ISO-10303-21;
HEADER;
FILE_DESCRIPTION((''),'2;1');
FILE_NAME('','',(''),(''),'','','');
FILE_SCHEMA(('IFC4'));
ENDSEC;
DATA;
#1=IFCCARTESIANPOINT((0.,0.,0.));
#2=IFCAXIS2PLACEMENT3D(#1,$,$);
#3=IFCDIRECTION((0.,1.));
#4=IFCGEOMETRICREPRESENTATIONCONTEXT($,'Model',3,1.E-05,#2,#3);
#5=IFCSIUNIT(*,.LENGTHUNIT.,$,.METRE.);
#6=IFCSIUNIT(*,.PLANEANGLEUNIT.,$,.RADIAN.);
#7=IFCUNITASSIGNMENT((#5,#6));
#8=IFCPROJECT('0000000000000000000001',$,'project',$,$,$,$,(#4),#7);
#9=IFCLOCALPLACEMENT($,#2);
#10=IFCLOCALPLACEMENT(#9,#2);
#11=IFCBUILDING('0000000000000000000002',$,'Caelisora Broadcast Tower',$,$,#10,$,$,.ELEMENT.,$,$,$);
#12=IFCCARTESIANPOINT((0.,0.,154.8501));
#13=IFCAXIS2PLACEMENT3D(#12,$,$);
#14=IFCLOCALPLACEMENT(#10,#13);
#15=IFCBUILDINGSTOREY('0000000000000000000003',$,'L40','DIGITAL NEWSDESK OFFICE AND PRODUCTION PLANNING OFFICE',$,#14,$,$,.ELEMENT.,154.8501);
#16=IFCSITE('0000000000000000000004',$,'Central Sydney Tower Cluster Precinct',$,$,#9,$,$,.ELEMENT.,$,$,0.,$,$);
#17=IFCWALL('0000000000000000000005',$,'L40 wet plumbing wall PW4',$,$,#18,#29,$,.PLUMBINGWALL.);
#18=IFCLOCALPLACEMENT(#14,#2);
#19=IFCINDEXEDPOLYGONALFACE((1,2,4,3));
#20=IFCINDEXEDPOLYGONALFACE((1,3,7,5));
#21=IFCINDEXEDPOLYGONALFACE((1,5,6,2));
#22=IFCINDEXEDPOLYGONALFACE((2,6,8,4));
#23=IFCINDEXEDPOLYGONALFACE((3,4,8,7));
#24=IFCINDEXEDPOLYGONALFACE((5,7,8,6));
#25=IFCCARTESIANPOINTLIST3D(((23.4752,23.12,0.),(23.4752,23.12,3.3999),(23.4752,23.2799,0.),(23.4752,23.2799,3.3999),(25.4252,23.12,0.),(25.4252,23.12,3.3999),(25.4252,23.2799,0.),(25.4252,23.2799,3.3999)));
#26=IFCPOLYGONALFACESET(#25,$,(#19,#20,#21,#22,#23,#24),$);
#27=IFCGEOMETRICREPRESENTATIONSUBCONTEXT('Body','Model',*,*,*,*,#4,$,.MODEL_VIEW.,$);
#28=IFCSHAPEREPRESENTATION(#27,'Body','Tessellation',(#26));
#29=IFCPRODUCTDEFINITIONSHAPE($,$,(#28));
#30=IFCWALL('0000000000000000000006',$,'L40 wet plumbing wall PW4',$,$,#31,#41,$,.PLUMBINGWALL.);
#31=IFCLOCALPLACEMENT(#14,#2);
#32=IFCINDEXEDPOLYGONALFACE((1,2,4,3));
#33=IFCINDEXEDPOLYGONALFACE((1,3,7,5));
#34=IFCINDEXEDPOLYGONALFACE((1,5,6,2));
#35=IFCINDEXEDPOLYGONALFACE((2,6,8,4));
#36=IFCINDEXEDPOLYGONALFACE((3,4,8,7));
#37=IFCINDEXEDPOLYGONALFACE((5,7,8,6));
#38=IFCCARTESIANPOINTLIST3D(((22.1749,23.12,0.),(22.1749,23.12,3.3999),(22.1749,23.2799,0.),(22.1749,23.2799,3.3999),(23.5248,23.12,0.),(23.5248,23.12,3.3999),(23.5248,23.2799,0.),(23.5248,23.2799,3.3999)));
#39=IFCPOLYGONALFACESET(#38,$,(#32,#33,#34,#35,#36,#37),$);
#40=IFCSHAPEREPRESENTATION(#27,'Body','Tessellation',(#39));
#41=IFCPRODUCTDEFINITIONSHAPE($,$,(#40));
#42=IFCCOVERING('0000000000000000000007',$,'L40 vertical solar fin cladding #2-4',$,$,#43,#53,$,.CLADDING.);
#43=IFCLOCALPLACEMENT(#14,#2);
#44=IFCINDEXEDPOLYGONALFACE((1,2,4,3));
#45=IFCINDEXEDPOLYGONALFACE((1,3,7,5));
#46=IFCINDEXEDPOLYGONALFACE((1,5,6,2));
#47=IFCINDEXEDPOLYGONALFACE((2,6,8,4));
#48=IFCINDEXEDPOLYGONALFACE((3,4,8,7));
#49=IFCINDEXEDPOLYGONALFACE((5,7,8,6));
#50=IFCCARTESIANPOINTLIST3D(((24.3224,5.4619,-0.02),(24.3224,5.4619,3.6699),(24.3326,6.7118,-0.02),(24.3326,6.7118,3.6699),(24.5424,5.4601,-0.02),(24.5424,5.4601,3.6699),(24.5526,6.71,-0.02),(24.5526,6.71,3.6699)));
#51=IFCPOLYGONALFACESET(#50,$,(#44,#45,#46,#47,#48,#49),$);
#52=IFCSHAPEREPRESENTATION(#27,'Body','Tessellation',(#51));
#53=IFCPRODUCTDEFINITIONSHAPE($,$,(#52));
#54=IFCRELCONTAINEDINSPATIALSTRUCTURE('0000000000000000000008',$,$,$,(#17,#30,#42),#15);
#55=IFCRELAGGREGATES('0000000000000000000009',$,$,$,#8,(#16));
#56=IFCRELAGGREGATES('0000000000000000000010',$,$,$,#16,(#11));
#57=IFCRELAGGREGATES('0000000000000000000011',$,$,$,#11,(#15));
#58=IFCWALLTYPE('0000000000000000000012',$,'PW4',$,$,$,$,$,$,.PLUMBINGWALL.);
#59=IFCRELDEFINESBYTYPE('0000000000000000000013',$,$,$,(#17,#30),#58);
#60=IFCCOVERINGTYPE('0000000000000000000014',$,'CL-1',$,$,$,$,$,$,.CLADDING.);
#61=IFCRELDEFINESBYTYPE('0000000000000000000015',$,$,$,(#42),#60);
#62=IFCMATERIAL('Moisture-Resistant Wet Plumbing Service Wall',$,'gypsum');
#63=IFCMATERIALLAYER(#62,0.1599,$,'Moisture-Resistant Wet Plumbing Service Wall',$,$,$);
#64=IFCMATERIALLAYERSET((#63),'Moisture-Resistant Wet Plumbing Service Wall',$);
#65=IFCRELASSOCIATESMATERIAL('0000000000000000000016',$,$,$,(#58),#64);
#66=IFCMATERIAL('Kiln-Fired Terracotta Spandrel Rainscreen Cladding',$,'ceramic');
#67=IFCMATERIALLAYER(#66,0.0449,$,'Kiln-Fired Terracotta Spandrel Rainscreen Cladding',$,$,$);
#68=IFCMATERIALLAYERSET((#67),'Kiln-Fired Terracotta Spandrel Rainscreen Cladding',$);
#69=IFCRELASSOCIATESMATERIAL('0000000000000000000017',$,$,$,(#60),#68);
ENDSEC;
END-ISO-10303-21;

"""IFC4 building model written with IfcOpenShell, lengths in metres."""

from ifc_helpers import new_model, si_unit, direction, frame, frame_2d, origin, origin_2d, place, context, subcontext, project, spatial, rectangle, extrude, source, transform, mapped, material, layer, layer_set, type_object, type_shapes, element, save


model = new_model("IFC4")

# Units and contexts
model_context = context("Model", 3, precision=1e-05, world=origin(), true_north=direction((0.0, 1.0)))
body_context = subcontext(model_context, "Body", "Model", "MODEL_VIEW")
ifc_project = project(units=[si_unit("LENGTHUNIT", "METRE"), si_unit("PLANEANGLEUNIT", "RADIAN")], contexts=[model_context])

# Site, building, storey
site_placement = place(None, origin())
site = spatial("IfcSite", under=ifc_project, at=site_placement, Name="Central Sydney Tower Cluster Precinct", CompositionType="ELEMENT", RefElevation=0.0)
building_placement = place(site_placement, origin())
building = spatial("IfcBuilding", under=site, at=building_placement, Name="Caelisora Broadcast Tower", CompositionType="ELEMENT")
storey_placement = place(building_placement, frame((0.0, 0.0, 154.8501)))
storey = spatial("IfcBuildingStorey", under=building, at=storey_placement, Name="L40", Description="DIGITAL NEWSDESK OFFICE AND PRODUCTION PLANNING OFFICE", CompositionType="ELEMENT", Elevation=154.8501)

# Shared definitions
ifc_material_1 = material(Name="Moisture-Resistant Wet Plumbing Service Wall", Category="gypsum")
ifc_layer_1 = layer(ifc_material_1, 0.1599, Name="Moisture-Resistant Wet Plumbing Service Wall")
ifc_layer_set_1 = layer_set([ifc_layer_1], Name="Moisture-Resistant Wet Plumbing Service Wall")
wall_type_1 = type_object("IfcWallType", Name="PW4", PredefinedType="PLUMBINGWALL", material=ifc_layer_set_1)

# Walls
wall_1_placement = place(storey_placement, frame((23.4751, 23.2, 0.0), z_axis=(0.0, 0.0, 1.0), x_axis=(1.0, 0.0, 0.0)))
element("IfcWall", 1, at=wall_1_placement, inside=storey, type_object=wall_type_1, Name="L40 wet plumbing wall PW4", PredefinedType="PLUMBINGWALL", context=body_context, shape_type="SweptSolid", body=[
    extrude(rectangle(XDim=1.95, YDim=0.1599, at=frame_2d((0.9751, 0.0))), origin(), (0.0, 0.0, 1.0), 3.3999),
])
wall_2_placement = place(storey_placement, frame((22.175, 23.2, 0.0), z_axis=(0.0, 0.0, 1.0), x_axis=(1.0, 0.0, 0.0)))
element("IfcWall", 2, at=wall_2_placement, inside=storey, type_object=wall_type_1, Name="L40 wet plumbing wall PW4", PredefinedType="PLUMBINGWALL", context=body_context, shape_type="SweptSolid", body=[
    extrude(rectangle(XDim=1.3499, YDim=0.1599, at=frame_2d((0.6748, 0.0))), origin(), (0.0, 0.0, 1.0), 3.3999),
])

# Covering
ifc_material_2 = material(Name="Kiln-Fired Terracotta Spandrel Rainscreen Cladding", Category="ceramic")
ifc_layer_2 = layer(ifc_material_2, 0.0449, Name="Kiln-Fired Terracotta Spandrel Rainscreen Cladding")
ifc_layer_set_2 = layer_set([ifc_layer_2], Name="Kiln-Fired Terracotta Spandrel Rainscreen Cladding")
covering_type = type_object("IfcCoveringType", Name="CL-1", PredefinedType="CLADDING", material=ifc_layer_set_2)
shared_shape_1 = source(origin(), body_context, "Body", "SweptSolid", [
    extrude(rectangle(XDim=0.22, YDim=1.25, at=origin_2d()), origin(), (0.0, 0.0, 1.0), 3.6899),
])
type_shapes(covering_type, [shared_shape_1])
covering_placement = place(storey_placement, frame((24.4375, 6.0859, -0.02), z_axis=(0.0, 0.0, 1.0), x_axis=(-0.999966, 0.008203, 0.0)))
element("IfcCovering", 3, at=covering_placement, inside=storey, type_object=covering_type, Name="L40 vertical solar fin cladding #2-4", PredefinedType="CLADDING", context=body_context, shape_type="MappedRepresentation", body=[
    mapped(shared_shape_1, transform((0.0, 0.0, 0.0), scale=1.0)),
])

save(model, "model.ifc")
